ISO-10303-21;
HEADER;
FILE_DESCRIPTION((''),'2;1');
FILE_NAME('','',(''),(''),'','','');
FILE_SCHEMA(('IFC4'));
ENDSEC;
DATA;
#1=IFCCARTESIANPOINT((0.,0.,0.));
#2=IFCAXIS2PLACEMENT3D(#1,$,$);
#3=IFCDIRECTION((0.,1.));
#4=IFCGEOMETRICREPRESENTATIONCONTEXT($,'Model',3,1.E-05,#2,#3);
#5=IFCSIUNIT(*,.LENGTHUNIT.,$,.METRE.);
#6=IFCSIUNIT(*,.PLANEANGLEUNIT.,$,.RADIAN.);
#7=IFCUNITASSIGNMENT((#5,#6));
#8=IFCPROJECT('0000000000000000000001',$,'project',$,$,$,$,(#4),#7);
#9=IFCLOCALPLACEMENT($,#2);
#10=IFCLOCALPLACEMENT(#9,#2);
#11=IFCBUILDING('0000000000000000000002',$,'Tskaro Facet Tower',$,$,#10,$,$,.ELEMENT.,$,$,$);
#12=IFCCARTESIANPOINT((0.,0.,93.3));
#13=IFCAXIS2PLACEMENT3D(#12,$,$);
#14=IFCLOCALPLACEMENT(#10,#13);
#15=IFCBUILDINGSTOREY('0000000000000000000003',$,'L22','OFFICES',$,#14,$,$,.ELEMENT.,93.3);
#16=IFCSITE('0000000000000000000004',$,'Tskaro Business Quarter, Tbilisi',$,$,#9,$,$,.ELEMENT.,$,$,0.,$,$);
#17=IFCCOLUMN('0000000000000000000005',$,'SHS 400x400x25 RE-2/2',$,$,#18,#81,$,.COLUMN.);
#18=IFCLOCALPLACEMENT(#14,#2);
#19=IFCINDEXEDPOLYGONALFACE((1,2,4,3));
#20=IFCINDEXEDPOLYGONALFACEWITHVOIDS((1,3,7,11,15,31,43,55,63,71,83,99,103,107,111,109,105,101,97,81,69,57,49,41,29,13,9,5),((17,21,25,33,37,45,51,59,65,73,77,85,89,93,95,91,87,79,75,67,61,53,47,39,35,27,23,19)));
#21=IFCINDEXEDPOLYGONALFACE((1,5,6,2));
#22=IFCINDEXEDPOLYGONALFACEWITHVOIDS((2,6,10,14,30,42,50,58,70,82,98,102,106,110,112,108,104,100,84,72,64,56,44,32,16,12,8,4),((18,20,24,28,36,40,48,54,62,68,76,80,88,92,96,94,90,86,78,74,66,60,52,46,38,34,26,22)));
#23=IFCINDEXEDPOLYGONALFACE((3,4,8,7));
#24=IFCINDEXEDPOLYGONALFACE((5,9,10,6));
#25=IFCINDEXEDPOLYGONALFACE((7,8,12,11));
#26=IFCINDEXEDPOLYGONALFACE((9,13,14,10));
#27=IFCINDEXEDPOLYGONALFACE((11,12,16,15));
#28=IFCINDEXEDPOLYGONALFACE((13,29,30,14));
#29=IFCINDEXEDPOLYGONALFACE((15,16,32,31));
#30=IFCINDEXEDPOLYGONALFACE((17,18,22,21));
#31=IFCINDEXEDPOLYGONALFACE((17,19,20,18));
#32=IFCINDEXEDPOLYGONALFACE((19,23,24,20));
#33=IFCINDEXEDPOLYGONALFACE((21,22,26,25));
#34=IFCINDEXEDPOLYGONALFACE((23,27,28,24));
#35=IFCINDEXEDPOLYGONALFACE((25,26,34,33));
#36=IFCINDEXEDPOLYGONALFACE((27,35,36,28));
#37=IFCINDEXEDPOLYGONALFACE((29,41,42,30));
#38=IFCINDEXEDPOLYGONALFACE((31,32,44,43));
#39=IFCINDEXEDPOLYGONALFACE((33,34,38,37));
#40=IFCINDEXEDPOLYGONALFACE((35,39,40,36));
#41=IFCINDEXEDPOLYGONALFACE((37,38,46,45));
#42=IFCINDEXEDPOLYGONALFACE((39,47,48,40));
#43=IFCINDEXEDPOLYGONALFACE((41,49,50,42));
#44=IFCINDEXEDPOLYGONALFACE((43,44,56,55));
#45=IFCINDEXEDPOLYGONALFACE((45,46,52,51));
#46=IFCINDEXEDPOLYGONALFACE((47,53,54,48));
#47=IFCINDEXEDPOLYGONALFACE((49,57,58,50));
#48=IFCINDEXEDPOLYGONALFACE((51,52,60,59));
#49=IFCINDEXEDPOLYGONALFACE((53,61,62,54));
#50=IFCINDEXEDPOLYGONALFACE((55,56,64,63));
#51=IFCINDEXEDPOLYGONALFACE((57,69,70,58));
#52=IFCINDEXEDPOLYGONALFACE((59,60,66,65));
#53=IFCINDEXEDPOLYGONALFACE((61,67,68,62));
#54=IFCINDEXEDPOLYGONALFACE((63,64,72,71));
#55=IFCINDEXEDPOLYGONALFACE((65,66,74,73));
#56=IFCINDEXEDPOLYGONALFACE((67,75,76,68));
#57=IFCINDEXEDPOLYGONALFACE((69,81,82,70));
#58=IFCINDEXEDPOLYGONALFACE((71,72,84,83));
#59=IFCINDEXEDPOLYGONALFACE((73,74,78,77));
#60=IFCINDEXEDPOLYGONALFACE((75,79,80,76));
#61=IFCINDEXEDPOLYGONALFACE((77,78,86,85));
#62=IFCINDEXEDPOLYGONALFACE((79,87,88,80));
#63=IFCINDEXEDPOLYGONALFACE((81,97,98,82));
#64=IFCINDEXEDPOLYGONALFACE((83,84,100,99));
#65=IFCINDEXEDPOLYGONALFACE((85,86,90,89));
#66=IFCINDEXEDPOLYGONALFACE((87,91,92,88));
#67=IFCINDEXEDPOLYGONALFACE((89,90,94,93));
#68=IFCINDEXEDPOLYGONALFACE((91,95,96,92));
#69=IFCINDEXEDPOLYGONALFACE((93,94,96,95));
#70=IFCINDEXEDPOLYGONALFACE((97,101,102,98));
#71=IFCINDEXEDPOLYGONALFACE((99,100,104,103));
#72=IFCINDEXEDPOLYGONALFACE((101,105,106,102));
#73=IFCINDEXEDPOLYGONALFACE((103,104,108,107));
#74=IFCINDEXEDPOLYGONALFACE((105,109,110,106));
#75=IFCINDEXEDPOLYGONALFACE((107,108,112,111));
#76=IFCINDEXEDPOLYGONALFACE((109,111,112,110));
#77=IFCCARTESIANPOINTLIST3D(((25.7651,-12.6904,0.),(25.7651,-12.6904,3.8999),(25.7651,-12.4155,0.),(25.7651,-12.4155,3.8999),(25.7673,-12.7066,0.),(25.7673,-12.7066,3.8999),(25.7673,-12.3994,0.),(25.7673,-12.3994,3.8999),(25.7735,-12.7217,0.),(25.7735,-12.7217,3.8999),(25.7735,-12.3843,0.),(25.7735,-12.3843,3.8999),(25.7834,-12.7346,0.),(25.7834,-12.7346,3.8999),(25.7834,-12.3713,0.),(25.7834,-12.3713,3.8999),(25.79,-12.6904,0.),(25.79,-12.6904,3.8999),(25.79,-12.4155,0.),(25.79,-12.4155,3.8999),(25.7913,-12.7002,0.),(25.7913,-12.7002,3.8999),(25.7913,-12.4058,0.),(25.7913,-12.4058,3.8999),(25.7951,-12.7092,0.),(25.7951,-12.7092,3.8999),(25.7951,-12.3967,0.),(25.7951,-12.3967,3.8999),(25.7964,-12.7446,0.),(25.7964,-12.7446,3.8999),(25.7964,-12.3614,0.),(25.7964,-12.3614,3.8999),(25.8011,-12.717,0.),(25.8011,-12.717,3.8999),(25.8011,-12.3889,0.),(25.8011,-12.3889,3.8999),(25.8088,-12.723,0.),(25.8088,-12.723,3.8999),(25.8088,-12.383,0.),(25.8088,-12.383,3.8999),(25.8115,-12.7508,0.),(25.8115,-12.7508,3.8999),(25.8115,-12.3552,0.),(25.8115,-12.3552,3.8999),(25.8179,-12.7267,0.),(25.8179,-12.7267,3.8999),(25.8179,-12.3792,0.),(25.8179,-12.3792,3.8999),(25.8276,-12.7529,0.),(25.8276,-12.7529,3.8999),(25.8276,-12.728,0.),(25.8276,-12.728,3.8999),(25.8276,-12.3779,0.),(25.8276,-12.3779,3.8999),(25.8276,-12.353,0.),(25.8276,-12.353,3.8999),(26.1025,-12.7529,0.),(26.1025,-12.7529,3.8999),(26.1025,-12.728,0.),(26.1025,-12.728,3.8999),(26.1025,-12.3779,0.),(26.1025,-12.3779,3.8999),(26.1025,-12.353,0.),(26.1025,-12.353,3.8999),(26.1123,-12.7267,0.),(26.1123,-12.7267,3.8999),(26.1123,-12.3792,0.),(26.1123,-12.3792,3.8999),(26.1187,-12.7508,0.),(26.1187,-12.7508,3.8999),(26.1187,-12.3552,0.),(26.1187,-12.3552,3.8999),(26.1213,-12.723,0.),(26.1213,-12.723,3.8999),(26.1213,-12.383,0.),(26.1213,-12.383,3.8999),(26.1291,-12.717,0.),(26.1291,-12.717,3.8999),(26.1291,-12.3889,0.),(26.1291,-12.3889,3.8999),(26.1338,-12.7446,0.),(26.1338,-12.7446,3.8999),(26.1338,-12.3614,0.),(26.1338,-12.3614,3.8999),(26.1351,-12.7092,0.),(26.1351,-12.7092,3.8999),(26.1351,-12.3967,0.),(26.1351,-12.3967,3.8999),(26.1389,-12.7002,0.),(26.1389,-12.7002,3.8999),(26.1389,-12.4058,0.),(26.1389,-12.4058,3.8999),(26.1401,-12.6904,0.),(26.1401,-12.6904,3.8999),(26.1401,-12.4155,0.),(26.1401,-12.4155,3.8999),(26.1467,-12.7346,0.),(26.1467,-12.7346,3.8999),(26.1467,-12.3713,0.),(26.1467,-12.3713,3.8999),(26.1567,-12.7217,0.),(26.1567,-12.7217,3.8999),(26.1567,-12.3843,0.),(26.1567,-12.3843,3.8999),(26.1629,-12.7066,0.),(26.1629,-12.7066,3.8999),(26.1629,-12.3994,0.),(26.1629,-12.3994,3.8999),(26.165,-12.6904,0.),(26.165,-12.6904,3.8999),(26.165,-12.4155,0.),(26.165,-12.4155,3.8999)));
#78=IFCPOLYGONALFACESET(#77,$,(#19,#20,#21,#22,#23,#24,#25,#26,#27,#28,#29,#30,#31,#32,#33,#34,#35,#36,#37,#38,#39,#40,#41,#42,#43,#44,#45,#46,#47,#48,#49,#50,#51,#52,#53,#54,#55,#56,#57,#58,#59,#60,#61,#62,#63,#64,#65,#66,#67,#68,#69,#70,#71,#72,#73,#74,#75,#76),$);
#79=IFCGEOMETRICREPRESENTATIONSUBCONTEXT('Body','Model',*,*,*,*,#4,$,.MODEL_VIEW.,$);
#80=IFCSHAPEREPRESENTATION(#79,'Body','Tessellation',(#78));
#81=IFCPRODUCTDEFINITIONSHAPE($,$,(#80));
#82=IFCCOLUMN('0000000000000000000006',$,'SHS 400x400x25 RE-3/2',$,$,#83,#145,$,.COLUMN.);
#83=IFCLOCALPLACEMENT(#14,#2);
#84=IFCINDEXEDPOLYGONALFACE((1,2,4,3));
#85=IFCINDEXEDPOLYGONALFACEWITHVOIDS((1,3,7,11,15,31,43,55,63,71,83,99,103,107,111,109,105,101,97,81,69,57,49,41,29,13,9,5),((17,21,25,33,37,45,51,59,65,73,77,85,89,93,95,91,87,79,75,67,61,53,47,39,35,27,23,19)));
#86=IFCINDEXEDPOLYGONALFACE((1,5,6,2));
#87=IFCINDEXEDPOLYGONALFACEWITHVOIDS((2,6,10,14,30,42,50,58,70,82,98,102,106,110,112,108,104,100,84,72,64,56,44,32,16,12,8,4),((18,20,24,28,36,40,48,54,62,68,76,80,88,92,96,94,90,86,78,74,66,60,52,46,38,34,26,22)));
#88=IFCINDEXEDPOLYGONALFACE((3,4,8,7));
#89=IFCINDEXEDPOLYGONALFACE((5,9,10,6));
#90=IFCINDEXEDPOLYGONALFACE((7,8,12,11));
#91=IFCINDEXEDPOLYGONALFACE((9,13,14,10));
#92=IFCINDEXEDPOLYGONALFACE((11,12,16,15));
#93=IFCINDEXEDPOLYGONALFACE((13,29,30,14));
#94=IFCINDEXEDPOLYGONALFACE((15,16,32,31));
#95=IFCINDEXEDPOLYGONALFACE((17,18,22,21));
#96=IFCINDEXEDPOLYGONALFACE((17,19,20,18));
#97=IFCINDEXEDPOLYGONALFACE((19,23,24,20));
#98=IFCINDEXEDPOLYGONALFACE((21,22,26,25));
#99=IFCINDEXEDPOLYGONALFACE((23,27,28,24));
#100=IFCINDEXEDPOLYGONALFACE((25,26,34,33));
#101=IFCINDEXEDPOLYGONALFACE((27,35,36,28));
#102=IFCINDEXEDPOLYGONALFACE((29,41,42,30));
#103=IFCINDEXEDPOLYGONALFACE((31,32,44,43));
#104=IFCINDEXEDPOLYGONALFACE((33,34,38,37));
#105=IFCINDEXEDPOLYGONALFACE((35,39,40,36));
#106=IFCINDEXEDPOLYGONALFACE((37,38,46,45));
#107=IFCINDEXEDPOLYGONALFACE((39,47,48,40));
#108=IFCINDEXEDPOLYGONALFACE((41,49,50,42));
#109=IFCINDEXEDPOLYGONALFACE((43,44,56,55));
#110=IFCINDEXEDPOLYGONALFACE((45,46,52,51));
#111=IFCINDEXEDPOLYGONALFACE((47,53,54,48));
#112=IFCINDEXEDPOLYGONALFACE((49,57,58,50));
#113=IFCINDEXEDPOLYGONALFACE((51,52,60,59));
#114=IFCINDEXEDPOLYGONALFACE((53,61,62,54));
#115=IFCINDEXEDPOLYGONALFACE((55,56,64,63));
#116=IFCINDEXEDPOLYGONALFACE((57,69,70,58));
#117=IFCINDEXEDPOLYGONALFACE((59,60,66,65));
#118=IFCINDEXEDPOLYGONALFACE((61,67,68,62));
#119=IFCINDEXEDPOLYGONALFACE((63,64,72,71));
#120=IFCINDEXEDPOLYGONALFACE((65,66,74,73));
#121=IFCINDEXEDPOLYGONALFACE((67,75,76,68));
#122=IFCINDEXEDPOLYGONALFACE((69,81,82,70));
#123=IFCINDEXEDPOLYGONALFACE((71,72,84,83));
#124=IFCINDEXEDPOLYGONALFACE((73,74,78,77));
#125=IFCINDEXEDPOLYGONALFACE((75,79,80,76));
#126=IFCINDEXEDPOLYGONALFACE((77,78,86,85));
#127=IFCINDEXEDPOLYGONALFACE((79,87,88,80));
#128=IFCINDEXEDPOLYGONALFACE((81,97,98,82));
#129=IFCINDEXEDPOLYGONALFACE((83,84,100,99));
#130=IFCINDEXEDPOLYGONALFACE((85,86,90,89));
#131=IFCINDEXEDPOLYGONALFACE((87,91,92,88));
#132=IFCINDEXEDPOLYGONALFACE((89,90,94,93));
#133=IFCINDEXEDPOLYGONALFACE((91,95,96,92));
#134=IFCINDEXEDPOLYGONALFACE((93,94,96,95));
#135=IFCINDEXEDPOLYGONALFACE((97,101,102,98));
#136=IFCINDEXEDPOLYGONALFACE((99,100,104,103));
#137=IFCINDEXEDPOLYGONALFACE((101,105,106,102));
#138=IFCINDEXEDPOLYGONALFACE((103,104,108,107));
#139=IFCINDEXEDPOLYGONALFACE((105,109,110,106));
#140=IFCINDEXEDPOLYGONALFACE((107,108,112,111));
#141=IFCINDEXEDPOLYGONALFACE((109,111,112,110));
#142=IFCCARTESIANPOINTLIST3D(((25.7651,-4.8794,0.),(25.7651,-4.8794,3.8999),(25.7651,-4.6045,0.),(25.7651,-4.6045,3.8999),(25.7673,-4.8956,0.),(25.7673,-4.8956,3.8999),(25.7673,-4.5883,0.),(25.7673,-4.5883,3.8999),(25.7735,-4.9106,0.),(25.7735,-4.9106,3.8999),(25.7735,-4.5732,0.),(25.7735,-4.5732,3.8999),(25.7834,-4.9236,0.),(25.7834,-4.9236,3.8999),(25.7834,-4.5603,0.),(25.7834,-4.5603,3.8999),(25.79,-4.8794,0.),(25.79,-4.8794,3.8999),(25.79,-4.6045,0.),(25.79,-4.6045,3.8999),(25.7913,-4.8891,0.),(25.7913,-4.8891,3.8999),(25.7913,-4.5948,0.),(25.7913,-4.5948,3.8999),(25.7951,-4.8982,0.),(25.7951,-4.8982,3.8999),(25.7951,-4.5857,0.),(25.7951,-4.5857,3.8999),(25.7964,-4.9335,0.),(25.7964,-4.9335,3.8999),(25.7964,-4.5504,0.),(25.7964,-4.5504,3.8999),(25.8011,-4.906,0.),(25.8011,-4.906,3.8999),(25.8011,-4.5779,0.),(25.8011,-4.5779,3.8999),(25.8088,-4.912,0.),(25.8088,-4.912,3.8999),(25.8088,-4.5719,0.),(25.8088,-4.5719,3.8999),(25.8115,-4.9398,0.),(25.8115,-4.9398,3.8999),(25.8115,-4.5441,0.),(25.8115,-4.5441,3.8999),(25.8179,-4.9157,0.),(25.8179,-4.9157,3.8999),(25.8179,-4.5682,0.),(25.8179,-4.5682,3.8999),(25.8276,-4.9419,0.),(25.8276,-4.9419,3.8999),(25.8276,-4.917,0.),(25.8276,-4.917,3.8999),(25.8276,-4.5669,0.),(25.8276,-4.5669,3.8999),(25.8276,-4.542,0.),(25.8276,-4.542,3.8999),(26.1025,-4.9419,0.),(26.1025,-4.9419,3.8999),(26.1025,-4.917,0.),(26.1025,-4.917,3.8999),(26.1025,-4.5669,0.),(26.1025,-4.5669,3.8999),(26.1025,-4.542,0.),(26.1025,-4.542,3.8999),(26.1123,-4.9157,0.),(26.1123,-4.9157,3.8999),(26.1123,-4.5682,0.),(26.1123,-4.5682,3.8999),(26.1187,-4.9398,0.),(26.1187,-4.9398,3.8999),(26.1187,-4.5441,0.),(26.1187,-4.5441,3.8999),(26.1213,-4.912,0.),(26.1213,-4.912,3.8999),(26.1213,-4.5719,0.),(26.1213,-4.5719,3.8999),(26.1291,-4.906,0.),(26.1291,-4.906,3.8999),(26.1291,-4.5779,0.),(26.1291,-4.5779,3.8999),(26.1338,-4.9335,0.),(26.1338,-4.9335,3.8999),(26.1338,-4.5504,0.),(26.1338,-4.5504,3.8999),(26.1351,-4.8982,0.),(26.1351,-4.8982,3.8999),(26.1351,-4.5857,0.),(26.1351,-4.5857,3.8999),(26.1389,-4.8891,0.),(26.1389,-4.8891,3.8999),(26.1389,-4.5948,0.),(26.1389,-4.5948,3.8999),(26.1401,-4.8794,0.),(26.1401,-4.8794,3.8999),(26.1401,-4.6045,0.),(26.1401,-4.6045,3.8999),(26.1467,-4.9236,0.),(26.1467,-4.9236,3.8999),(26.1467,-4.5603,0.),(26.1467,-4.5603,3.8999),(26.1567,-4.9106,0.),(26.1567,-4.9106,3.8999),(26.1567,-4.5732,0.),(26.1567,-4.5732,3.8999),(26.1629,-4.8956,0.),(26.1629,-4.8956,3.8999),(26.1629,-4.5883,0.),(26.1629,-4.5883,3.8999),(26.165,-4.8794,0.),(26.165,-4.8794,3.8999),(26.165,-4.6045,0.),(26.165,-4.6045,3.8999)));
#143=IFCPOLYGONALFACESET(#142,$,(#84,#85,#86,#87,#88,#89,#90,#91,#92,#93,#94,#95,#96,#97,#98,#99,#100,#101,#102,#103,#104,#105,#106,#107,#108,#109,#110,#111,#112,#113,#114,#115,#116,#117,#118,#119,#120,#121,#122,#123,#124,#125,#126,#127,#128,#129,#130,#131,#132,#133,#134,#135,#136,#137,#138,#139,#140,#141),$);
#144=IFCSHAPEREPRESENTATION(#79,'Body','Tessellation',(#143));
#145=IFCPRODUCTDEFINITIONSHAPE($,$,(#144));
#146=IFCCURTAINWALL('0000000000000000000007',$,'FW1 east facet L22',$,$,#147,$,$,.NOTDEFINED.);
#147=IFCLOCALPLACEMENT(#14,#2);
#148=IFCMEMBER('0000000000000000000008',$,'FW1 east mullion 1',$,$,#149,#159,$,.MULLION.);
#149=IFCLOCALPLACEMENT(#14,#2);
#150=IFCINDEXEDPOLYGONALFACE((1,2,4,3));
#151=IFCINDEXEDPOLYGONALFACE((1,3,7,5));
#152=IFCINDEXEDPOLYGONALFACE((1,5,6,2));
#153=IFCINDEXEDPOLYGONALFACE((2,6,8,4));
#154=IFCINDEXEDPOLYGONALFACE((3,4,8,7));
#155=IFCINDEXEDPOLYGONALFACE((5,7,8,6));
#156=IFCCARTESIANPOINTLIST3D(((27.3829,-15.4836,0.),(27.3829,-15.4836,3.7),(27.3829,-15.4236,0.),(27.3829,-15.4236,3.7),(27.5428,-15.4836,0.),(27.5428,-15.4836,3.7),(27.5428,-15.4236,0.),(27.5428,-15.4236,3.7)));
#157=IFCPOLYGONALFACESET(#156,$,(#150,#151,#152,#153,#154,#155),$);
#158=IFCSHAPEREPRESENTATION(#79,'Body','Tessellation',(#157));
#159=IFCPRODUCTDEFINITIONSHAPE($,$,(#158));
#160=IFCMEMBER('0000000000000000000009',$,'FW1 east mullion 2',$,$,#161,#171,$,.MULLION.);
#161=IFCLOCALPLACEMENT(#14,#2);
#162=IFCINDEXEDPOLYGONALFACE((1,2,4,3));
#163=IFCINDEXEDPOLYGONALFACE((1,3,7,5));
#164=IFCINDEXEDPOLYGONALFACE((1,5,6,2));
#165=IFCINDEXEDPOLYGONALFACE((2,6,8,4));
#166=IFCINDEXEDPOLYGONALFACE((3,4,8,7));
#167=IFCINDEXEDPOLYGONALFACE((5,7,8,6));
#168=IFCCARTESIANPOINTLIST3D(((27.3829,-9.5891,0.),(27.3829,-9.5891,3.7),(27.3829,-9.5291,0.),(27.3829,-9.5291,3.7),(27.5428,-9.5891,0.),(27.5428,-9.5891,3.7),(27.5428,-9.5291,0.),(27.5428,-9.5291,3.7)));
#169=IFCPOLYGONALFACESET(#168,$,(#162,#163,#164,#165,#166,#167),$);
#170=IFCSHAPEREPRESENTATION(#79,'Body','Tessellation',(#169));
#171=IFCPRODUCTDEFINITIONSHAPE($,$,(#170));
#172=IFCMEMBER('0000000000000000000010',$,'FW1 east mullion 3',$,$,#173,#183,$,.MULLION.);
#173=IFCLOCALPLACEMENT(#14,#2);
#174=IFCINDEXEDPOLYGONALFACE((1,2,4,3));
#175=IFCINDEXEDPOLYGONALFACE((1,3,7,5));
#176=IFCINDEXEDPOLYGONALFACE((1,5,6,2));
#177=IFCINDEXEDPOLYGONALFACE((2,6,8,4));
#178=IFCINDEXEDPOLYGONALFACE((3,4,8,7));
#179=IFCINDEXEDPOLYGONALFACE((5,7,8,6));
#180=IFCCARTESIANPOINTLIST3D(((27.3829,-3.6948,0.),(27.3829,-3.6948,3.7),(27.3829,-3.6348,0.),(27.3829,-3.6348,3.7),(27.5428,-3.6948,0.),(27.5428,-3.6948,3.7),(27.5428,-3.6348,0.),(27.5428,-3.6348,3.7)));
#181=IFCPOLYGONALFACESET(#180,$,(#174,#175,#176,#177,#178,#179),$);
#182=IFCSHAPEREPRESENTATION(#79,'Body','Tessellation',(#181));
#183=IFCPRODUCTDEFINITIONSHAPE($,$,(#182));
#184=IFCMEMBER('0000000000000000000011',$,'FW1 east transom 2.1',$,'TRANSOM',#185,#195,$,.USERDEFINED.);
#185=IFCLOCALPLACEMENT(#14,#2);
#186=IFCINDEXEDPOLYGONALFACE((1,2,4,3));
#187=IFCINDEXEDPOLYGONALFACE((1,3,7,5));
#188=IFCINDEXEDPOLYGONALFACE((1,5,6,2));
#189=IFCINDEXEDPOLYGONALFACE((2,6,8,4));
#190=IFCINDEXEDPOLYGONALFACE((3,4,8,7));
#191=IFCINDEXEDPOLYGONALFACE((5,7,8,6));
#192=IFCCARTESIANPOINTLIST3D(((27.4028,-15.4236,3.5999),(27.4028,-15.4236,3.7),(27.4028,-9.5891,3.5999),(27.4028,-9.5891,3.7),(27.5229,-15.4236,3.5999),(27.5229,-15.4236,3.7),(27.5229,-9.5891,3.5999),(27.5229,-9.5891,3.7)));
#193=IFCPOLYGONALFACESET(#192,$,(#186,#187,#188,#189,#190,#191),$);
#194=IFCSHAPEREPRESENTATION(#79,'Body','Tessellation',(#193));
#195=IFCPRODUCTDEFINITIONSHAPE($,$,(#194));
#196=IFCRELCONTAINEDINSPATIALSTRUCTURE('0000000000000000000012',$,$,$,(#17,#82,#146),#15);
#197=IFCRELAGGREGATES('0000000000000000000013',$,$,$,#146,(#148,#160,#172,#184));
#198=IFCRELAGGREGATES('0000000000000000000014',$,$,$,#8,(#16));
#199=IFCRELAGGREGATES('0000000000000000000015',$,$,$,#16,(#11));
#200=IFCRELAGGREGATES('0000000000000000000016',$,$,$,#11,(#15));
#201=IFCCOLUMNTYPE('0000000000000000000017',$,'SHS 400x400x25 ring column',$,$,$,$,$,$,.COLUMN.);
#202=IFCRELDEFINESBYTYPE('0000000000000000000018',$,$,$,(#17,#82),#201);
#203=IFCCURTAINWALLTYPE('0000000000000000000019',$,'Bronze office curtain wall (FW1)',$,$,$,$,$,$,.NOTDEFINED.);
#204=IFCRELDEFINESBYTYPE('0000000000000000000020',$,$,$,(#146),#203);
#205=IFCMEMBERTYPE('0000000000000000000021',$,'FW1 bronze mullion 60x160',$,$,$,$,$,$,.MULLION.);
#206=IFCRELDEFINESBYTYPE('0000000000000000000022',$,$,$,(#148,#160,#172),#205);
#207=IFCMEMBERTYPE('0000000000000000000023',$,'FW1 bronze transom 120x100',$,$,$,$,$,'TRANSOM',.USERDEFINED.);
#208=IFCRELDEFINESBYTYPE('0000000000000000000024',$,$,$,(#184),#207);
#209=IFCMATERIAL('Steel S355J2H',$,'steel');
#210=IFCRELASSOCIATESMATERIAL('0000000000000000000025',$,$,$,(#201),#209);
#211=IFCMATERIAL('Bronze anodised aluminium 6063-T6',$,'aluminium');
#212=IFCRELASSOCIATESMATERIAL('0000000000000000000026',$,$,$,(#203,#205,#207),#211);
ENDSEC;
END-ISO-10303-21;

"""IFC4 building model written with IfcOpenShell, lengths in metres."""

from ifc_helpers import new_model, si_unit, direction, frame, origin, origin_2d, place, context, subcontext, project, spatial, rectangle, hollow_rectangle, extrude, material, material_profile, profile_set, type_object, element, aggregate, save


model = new_model("IFC4")

# Units and contexts
model_context = context("Model", 3, precision=1e-05, world=origin(), true_north=direction((0.0, 1.0)))
body_context = subcontext(model_context, "Body", "Model", "MODEL_VIEW")
ifc_project = project(units=[si_unit("LENGTHUNIT", "METRE"), si_unit("PLANEANGLEUNIT", "RADIAN")], contexts=[model_context])

# Site, building, storey
site_placement = place(None, origin())
site = spatial("IfcSite", under=ifc_project, at=site_placement, Name="Tskaro Business Quarter, Tbilisi", CompositionType="ELEMENT", RefElevation=0.0)
building_placement = place(site_placement, origin())
building = spatial("IfcBuilding", under=site, at=building_placement, Name="Tskaro Facet Tower", CompositionType="ELEMENT")
storey_placement = place(building_placement, frame((0.0, 0.0, 93.3)))
storey = spatial("IfcBuildingStorey", under=building, at=storey_placement, Name="L22", Description="OFFICES", CompositionType="ELEMENT", Elevation=93.3)

# Columns
ifc_material_1 = material(Name="Steel S355J2H", Category="steel")
ifc_material_profile_1 = material_profile(ifc_material_1, hollow_rectangle(XDim=0.3999, YDim=0.3999, WallThickness=0.0249, InnerFilletRadius=0.0376, OuterFilletRadius=0.0625, at=origin_2d()), Name="SHS 400x400x25")
ifc_profile_set_1 = profile_set([ifc_material_profile_1], Name="Steel S355J2H")
column_type_1 = type_object("IfcColumnType", Name="SHS 400x400x25 ring column", PredefinedType="COLUMN", material=ifc_profile_set_1)
for number, where, z_axis, x_axis, name in (
    (1, (25.9651, -12.553, 0.0), (0.0, 0.0, 1.0), (1.0, 0.0, 0.0), "SHS 400x400x25 RE-2/2"),
    (2, (25.9651, -4.7419, 0.0), (0.0, 0.0, 1.0), (1.0, 0.0, 0.0), "SHS 400x400x25 RE-3/2"),
):
    element("IfcColumn", number, at=place(storey_placement, frame(where, z_axis=z_axis, x_axis=x_axis)), inside=storey, type_object=column_type_1, Name=name, PredefinedType="COLUMN", context=body_context, shape_type="SweptSolid", body=[
        extrude(hollow_rectangle(XDim=0.3999, YDim=0.3999, WallThickness=0.0249, InnerFilletRadius=0.0376, OuterFilletRadius=0.0625, at=origin_2d()), origin(), (0.0, 0.0, 1.0), 3.8999),
    ])

# Curtain wall, members
ifc_material_2 = material(Name="Bronze anodised aluminium 6063-T6", Category="aluminium")
curtain_wall_type = type_object("IfcCurtainWallType", Name="Bronze office curtain wall (FW1)", PredefinedType="NOTDEFINED", material=ifc_material_2)
curtain_wall_placement = place(storey_placement, origin())
curtain_wall = element("IfcCurtainWall", 3, at=curtain_wall_placement, inside=storey, type_object=curtain_wall_type, Name="FW1 east facet L22", PredefinedType="NOTDEFINED")
ifc_material_profile_2 = material_profile(ifc_material_2, rectangle(XDim=0.0601, YDim=0.1599, at=origin_2d()), Name="Mullion 60x160")
ifc_profile_set_2 = profile_set([ifc_material_profile_2], Name="Bronze anodised aluminium 6063-T6")
member_type_1 = type_object("IfcMemberType", Name="FW1 bronze mullion 60x160", PredefinedType="MULLION", material=ifc_profile_set_2)
member_1_placement = place(storey_placement, frame((27.4629, -15.4536, 0.0), z_axis=(0.0, 0.0, 1.0), x_axis=(0.0, 1.0, 0.0)))
member_1 = element("IfcMember", 4, at=member_1_placement, type_object=member_type_1, Name="FW1 east mullion 1", PredefinedType="MULLION", context=body_context, shape_type="SweptSolid", body=[
    extrude(rectangle(XDim=0.0601, YDim=0.1599, at=origin_2d()), origin(), (0.0, 0.0, 1.0), 3.7),
])
member_2_placement = place(storey_placement, frame((27.4629, -9.5591, 0.0), z_axis=(0.0, 0.0, 1.0), x_axis=(0.0, 1.0, 0.0)))
member_2 = element("IfcMember", 5, at=member_2_placement, type_object=member_type_1, Name="FW1 east mullion 2", PredefinedType="MULLION", context=body_context, shape_type="SweptSolid", body=[
    extrude(rectangle(XDim=0.0601, YDim=0.1599, at=origin_2d()), origin(), (0.0, 0.0, 1.0), 3.7),
])
member_3_placement = place(storey_placement, frame((27.4629, -3.6648, 0.0), z_axis=(0.0, 0.0, 1.0), x_axis=(0.0, 1.0, 0.0)))
member_3 = element("IfcMember", 6, at=member_3_placement, type_object=member_type_1, Name="FW1 east mullion 3", PredefinedType="MULLION", context=body_context, shape_type="SweptSolid", body=[
    extrude(rectangle(XDim=0.0601, YDim=0.1599, at=origin_2d()), origin(), (0.0, 0.0, 1.0), 3.7),
])
ifc_material_profile_3 = material_profile(ifc_material_2, rectangle(XDim=0.1201, YDim=0.1001, at=origin_2d()), Name="Transom 120x100")
ifc_profile_set_3 = profile_set([ifc_material_profile_3], Name="Bronze anodised aluminium 6063-T6")
member_type_2 = type_object("IfcMemberType", Name="FW1 bronze transom 120x100", ElementType="TRANSOM", PredefinedType="USERDEFINED", material=ifc_profile_set_3)
member_4_placement = place(storey_placement, frame((27.4629, -15.4236, 3.6499), z_axis=(0.0, 1.0, 0.0), x_axis=(-1.0, 0.0, 0.0)))
member_4 = element("IfcMember", 7, at=member_4_placement, type_object=member_type_2, Name="FW1 east transom 2.1", ObjectType="TRANSOM", PredefinedType="USERDEFINED", context=body_context, shape_type="SweptSolid", body=[
    extrude(rectangle(XDim=0.1201, YDim=0.1001, at=origin_2d()), origin(), (0.0, 0.0, 1.0), 5.8345),
])

aggregate(curtain_wall, [member_1, member_2, member_3, member_4])

save(model, "model.ifc")
